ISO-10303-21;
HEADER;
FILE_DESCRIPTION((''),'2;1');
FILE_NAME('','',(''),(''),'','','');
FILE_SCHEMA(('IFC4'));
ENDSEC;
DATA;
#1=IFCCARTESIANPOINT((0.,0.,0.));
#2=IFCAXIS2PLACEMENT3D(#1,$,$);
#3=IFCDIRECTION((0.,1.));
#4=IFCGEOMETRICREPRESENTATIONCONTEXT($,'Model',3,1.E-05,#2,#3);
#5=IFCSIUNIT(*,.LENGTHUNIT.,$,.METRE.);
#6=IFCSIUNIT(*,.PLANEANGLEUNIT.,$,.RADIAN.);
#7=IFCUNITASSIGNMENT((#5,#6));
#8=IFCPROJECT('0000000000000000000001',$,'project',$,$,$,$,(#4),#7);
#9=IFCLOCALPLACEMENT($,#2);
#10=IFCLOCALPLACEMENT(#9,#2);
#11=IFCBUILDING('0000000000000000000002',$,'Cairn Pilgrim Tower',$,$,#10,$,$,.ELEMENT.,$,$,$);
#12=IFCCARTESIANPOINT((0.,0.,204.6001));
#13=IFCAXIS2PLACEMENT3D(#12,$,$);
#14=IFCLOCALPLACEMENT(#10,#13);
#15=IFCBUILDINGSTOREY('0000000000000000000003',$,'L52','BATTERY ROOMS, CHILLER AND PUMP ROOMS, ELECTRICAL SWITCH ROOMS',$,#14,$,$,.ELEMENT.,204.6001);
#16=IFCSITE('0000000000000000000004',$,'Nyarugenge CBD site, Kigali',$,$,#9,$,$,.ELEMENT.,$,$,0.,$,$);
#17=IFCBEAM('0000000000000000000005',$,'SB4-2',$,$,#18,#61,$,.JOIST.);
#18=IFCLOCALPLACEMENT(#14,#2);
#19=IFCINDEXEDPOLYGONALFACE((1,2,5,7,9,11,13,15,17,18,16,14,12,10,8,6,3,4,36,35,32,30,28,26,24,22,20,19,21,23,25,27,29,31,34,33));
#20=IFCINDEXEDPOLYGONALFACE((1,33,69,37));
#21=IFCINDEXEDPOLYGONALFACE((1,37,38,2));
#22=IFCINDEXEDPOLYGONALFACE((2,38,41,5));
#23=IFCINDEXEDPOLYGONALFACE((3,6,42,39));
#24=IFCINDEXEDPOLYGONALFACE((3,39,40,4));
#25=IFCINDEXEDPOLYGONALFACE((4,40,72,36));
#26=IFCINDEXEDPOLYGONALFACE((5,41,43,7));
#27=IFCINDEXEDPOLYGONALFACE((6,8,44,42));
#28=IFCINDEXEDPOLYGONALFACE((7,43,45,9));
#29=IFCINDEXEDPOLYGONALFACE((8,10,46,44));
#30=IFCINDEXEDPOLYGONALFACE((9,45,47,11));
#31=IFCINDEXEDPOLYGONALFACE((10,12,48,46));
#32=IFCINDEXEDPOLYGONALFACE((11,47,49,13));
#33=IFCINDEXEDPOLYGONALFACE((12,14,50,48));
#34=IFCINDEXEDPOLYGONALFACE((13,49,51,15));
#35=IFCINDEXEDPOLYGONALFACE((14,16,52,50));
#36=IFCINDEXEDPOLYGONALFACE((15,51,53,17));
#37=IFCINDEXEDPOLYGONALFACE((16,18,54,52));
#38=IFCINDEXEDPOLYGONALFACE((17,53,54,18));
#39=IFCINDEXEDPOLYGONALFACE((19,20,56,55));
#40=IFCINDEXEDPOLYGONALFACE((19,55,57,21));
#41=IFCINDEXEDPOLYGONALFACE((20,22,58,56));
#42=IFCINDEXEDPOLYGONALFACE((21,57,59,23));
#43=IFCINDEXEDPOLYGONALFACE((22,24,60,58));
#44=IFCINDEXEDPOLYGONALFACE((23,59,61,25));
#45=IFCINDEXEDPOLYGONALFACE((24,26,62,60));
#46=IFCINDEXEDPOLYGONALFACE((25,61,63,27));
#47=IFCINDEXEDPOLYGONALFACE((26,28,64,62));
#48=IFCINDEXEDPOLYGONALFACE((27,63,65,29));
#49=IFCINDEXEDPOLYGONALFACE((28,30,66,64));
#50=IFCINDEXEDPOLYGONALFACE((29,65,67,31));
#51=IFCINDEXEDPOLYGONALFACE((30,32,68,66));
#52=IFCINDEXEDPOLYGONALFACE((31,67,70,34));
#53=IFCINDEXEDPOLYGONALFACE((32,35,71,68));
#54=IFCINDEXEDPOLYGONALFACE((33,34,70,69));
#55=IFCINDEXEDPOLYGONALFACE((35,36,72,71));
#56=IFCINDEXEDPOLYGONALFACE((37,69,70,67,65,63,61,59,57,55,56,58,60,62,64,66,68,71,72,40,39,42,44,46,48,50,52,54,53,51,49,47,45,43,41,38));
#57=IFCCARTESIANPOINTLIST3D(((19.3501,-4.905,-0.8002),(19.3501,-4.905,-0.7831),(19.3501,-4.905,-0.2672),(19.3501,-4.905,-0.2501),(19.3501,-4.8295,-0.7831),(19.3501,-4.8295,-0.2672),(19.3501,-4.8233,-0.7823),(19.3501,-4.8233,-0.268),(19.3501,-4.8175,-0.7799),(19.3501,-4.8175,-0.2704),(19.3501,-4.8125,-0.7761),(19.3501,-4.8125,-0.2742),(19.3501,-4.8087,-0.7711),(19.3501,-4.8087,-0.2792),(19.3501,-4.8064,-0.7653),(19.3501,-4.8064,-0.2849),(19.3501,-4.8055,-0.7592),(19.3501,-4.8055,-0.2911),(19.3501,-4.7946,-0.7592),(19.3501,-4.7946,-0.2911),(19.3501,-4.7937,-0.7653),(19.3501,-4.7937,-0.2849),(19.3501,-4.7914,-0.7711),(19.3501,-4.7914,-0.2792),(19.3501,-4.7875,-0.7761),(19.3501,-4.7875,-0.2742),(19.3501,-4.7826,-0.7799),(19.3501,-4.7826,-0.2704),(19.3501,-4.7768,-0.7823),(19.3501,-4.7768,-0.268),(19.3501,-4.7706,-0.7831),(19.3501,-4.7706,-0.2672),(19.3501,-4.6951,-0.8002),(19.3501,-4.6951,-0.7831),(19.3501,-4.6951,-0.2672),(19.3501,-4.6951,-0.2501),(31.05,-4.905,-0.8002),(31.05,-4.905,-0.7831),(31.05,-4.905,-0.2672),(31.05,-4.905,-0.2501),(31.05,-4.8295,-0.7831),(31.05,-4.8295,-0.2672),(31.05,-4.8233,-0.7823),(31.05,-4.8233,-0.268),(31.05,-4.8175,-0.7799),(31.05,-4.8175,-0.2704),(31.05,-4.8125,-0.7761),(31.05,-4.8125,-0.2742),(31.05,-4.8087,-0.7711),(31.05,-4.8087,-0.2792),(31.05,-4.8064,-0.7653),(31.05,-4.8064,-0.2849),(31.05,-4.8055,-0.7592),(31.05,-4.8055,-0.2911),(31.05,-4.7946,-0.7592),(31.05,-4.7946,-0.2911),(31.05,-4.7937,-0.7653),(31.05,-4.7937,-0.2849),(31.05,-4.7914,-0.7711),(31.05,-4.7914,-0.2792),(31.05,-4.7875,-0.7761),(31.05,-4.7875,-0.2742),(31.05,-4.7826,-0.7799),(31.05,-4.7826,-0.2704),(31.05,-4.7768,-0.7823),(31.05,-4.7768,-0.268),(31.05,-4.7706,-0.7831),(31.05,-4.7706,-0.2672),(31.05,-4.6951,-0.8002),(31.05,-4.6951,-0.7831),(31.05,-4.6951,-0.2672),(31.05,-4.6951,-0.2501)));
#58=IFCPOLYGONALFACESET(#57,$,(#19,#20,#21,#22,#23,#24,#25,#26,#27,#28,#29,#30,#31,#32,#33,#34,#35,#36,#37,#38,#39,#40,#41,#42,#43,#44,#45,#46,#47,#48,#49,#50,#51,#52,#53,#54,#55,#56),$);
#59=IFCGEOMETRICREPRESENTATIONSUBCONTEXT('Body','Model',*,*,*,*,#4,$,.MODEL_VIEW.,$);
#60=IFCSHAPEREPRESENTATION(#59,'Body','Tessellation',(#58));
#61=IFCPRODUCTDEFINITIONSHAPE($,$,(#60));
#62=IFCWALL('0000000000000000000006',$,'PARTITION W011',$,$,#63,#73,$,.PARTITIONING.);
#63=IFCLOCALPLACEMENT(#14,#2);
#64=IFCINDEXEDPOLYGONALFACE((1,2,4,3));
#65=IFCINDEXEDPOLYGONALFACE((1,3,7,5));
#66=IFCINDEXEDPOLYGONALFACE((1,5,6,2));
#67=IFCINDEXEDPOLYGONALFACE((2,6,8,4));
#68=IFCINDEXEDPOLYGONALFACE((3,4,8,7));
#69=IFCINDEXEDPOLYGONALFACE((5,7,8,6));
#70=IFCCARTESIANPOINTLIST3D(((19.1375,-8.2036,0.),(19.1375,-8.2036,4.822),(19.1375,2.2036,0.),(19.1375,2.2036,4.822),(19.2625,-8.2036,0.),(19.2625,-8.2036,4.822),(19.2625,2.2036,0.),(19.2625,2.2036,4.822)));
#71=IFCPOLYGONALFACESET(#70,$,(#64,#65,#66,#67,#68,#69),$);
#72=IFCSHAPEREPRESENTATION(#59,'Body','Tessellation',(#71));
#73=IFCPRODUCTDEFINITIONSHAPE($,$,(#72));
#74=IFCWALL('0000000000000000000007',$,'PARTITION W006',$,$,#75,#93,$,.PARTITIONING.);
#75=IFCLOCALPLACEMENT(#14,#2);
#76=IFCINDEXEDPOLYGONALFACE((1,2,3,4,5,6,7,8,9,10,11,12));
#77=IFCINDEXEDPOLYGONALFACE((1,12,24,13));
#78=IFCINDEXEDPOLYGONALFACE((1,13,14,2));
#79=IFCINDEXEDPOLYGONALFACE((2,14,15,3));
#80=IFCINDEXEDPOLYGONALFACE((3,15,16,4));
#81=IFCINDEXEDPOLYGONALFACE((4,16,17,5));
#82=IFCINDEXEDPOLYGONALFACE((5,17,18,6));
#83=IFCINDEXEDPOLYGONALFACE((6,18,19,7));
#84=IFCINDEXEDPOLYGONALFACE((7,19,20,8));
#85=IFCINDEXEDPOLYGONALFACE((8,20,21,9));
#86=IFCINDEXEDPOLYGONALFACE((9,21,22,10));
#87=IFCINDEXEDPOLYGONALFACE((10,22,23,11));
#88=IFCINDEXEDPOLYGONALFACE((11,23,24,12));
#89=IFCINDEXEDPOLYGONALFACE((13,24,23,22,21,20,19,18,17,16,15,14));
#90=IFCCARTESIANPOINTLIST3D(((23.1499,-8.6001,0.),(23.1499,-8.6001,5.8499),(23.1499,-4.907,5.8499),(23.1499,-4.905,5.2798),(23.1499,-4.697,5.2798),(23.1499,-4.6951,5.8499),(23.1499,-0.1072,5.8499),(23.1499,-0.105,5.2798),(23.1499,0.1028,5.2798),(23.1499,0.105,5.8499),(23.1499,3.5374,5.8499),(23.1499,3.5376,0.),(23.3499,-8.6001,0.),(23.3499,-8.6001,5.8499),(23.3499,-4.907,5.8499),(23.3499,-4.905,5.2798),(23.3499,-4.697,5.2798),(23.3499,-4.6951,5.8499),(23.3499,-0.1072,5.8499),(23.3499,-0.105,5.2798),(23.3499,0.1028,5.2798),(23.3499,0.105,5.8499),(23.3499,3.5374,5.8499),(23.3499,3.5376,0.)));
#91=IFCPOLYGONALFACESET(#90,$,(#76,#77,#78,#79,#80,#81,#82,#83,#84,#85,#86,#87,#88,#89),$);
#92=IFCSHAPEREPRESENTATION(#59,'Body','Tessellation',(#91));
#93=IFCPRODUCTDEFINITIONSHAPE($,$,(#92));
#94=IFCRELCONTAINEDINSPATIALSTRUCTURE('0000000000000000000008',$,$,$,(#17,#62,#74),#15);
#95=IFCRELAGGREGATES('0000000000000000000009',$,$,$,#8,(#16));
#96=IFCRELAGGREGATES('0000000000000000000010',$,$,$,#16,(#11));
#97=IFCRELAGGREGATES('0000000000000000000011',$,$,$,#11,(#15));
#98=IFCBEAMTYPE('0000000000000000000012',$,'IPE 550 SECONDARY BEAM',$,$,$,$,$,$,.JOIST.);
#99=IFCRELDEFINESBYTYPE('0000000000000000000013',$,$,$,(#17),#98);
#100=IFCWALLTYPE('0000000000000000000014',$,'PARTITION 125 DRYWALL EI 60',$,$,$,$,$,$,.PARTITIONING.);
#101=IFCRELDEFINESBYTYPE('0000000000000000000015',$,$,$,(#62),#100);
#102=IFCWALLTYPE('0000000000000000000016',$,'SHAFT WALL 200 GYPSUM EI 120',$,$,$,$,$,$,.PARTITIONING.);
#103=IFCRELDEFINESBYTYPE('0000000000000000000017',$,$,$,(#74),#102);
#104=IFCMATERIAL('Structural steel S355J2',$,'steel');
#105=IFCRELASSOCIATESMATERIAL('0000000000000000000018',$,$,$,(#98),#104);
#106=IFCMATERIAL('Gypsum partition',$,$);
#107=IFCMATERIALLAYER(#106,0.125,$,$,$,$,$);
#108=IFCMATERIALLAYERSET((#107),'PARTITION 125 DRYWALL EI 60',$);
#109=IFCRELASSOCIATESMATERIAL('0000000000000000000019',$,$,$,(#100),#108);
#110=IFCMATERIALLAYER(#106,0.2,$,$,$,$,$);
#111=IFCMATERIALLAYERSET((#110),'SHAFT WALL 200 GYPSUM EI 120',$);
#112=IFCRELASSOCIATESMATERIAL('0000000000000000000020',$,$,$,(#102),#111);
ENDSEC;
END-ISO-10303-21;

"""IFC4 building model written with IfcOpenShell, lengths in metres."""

from ifc_helpers import new_model, si_unit, direction, frame, frame_2d, origin, origin_2d, place, context, subcontext, project, spatial, polyline, rectangle, i_section, outline, extrude, material, layer, layer_set, material_profile, profile_set, type_object, element, save


model = new_model("IFC4")

# Units and contexts
model_context = context("Model", 3, precision=1e-05, world=origin(), true_north=direction((0.0, 1.0)))
body_context = subcontext(model_context, "Body", "Model", "MODEL_VIEW")
ifc_project = project(units=[si_unit("LENGTHUNIT", "METRE"), si_unit("PLANEANGLEUNIT", "RADIAN")], contexts=[model_context])

# Site, building, storey
site_placement = place(None, origin())
site = spatial("IfcSite", under=ifc_project, at=site_placement, Name="Nyarugenge CBD site, Kigali", CompositionType="ELEMENT", RefElevation=0.0)
building_placement = place(site_placement, origin())
building = spatial("IfcBuilding", under=site, at=building_placement, Name="Cairn Pilgrim Tower", CompositionType="ELEMENT")
storey_placement = place(building_placement, frame((0.0, 0.0, 204.6001)))
storey = spatial("IfcBuildingStorey", under=building, at=storey_placement, Name="L52", Description="BATTERY ROOMS, CHILLER AND PUMP ROOMS, ELECTRICAL SWITCH ROOMS", CompositionType="ELEMENT", Elevation=204.6001)

# Shared definitions
ifc_material_1 = material(Name="Structural steel S355J2", Category="steel")

# Beam
ifc_material_profile_1 = material_profile(ifc_material_1, i_section(OverallWidth=0.21, OverallDepth=0.55, WebThickness=0.011, FlangeThickness=0.0171, FilletRadius=0.0239, at=origin_2d()), Name="IPE 550")
ifc_profile_set_1 = profile_set([ifc_material_profile_1], Name="Structural steel S355J2")
beam_type_1 = type_object("IfcBeamType", Name="IPE 550 SECONDARY BEAM", PredefinedType="JOIST", material=ifc_profile_set_1)
beam_1_placement = place(storey_placement, frame((19.3501, -4.8, -0.5251), z_axis=(1.0, 0.0, 0.0), x_axis=(0.0, 1.0, 0.0)))
element("IfcBeam", 1, at=beam_1_placement, inside=storey, type_object=beam_type_1, Name="SB4-2", PredefinedType="JOIST", context=body_context, shape_type="SweptSolid", body=[
    extrude(i_section(OverallWidth=0.21, OverallDepth=0.55, WebThickness=0.011, FlangeThickness=0.0171, FilletRadius=0.0239, at=origin_2d()), origin(), (0.0, 0.0, 1.0), 11.7),
])

# Walls
ifc_material_2 = material(Name="Gypsum partition")
ifc_layer_1 = layer(ifc_material_2, 0.125)
ifc_layer_set_1 = layer_set([ifc_layer_1], Name="PARTITION 125 DRYWALL EI 60")
wall_type_1 = type_object("IfcWallType", Name="PARTITION 125 DRYWALL EI 60", PredefinedType="PARTITIONING", material=ifc_layer_set_1)
wall_1_placement = place(storey_placement, frame((19.2, -8.2036, 0.0), z_axis=(0.0, 0.0, 1.0), x_axis=(0.0, 1.0, 0.0)))
element("IfcWall", 2, at=wall_1_placement, inside=storey, type_object=wall_type_1, Name="PARTITION W011", PredefinedType="PARTITIONING", context=body_context, shape_type="SweptSolid", body=[
    extrude(rectangle(XDim=10.4072, YDim=0.125, at=frame_2d((5.2036, 0.0))), origin(), (0.0, 0.0, 1.0), 4.822),
])
ifc_layer_2 = layer(ifc_material_2, 0.2)
ifc_layer_set_2 = layer_set([ifc_layer_2], Name="SHAFT WALL 200 GYPSUM EI 120")
wall_type_2 = type_object("IfcWallType", Name="SHAFT WALL 200 GYPSUM EI 120", PredefinedType="PARTITIONING", material=ifc_layer_set_2)
wall_2_placement = place(storey_placement, frame((23.25, -8.6001, 0.0), z_axis=(0.0, 0.0, 1.0), x_axis=(0.0, 1.0, 0.0)))
element("IfcWall", 3, at=wall_2_placement, inside=storey, type_object=wall_type_2, Name="PARTITION W006", PredefinedType="PARTITIONING", context=body_context, shape_type="SweptSolid", body=[
    extrude(outline(polyline([(0.0, 0.0), (12.1377, 0.0), (12.1375, 5.8499), (8.7051, 5.8499), (8.7029, 5.2798), (8.4951, 5.2798), (8.4929, 5.8499), (3.905, 5.8499), (3.9031, 5.2798), (3.6951, 5.2798), (3.6931, 5.8499), (0.0, 5.8499), (0.0, 0.0)])), frame((0.0, 0.1001, 0.0), z_axis=(0.0, -1.0, 0.0), x_axis=(1.0, 0.0, 0.0)), (0.0, 0.0, 1.0), 0.2),
])

save(model, "model.ifc")
